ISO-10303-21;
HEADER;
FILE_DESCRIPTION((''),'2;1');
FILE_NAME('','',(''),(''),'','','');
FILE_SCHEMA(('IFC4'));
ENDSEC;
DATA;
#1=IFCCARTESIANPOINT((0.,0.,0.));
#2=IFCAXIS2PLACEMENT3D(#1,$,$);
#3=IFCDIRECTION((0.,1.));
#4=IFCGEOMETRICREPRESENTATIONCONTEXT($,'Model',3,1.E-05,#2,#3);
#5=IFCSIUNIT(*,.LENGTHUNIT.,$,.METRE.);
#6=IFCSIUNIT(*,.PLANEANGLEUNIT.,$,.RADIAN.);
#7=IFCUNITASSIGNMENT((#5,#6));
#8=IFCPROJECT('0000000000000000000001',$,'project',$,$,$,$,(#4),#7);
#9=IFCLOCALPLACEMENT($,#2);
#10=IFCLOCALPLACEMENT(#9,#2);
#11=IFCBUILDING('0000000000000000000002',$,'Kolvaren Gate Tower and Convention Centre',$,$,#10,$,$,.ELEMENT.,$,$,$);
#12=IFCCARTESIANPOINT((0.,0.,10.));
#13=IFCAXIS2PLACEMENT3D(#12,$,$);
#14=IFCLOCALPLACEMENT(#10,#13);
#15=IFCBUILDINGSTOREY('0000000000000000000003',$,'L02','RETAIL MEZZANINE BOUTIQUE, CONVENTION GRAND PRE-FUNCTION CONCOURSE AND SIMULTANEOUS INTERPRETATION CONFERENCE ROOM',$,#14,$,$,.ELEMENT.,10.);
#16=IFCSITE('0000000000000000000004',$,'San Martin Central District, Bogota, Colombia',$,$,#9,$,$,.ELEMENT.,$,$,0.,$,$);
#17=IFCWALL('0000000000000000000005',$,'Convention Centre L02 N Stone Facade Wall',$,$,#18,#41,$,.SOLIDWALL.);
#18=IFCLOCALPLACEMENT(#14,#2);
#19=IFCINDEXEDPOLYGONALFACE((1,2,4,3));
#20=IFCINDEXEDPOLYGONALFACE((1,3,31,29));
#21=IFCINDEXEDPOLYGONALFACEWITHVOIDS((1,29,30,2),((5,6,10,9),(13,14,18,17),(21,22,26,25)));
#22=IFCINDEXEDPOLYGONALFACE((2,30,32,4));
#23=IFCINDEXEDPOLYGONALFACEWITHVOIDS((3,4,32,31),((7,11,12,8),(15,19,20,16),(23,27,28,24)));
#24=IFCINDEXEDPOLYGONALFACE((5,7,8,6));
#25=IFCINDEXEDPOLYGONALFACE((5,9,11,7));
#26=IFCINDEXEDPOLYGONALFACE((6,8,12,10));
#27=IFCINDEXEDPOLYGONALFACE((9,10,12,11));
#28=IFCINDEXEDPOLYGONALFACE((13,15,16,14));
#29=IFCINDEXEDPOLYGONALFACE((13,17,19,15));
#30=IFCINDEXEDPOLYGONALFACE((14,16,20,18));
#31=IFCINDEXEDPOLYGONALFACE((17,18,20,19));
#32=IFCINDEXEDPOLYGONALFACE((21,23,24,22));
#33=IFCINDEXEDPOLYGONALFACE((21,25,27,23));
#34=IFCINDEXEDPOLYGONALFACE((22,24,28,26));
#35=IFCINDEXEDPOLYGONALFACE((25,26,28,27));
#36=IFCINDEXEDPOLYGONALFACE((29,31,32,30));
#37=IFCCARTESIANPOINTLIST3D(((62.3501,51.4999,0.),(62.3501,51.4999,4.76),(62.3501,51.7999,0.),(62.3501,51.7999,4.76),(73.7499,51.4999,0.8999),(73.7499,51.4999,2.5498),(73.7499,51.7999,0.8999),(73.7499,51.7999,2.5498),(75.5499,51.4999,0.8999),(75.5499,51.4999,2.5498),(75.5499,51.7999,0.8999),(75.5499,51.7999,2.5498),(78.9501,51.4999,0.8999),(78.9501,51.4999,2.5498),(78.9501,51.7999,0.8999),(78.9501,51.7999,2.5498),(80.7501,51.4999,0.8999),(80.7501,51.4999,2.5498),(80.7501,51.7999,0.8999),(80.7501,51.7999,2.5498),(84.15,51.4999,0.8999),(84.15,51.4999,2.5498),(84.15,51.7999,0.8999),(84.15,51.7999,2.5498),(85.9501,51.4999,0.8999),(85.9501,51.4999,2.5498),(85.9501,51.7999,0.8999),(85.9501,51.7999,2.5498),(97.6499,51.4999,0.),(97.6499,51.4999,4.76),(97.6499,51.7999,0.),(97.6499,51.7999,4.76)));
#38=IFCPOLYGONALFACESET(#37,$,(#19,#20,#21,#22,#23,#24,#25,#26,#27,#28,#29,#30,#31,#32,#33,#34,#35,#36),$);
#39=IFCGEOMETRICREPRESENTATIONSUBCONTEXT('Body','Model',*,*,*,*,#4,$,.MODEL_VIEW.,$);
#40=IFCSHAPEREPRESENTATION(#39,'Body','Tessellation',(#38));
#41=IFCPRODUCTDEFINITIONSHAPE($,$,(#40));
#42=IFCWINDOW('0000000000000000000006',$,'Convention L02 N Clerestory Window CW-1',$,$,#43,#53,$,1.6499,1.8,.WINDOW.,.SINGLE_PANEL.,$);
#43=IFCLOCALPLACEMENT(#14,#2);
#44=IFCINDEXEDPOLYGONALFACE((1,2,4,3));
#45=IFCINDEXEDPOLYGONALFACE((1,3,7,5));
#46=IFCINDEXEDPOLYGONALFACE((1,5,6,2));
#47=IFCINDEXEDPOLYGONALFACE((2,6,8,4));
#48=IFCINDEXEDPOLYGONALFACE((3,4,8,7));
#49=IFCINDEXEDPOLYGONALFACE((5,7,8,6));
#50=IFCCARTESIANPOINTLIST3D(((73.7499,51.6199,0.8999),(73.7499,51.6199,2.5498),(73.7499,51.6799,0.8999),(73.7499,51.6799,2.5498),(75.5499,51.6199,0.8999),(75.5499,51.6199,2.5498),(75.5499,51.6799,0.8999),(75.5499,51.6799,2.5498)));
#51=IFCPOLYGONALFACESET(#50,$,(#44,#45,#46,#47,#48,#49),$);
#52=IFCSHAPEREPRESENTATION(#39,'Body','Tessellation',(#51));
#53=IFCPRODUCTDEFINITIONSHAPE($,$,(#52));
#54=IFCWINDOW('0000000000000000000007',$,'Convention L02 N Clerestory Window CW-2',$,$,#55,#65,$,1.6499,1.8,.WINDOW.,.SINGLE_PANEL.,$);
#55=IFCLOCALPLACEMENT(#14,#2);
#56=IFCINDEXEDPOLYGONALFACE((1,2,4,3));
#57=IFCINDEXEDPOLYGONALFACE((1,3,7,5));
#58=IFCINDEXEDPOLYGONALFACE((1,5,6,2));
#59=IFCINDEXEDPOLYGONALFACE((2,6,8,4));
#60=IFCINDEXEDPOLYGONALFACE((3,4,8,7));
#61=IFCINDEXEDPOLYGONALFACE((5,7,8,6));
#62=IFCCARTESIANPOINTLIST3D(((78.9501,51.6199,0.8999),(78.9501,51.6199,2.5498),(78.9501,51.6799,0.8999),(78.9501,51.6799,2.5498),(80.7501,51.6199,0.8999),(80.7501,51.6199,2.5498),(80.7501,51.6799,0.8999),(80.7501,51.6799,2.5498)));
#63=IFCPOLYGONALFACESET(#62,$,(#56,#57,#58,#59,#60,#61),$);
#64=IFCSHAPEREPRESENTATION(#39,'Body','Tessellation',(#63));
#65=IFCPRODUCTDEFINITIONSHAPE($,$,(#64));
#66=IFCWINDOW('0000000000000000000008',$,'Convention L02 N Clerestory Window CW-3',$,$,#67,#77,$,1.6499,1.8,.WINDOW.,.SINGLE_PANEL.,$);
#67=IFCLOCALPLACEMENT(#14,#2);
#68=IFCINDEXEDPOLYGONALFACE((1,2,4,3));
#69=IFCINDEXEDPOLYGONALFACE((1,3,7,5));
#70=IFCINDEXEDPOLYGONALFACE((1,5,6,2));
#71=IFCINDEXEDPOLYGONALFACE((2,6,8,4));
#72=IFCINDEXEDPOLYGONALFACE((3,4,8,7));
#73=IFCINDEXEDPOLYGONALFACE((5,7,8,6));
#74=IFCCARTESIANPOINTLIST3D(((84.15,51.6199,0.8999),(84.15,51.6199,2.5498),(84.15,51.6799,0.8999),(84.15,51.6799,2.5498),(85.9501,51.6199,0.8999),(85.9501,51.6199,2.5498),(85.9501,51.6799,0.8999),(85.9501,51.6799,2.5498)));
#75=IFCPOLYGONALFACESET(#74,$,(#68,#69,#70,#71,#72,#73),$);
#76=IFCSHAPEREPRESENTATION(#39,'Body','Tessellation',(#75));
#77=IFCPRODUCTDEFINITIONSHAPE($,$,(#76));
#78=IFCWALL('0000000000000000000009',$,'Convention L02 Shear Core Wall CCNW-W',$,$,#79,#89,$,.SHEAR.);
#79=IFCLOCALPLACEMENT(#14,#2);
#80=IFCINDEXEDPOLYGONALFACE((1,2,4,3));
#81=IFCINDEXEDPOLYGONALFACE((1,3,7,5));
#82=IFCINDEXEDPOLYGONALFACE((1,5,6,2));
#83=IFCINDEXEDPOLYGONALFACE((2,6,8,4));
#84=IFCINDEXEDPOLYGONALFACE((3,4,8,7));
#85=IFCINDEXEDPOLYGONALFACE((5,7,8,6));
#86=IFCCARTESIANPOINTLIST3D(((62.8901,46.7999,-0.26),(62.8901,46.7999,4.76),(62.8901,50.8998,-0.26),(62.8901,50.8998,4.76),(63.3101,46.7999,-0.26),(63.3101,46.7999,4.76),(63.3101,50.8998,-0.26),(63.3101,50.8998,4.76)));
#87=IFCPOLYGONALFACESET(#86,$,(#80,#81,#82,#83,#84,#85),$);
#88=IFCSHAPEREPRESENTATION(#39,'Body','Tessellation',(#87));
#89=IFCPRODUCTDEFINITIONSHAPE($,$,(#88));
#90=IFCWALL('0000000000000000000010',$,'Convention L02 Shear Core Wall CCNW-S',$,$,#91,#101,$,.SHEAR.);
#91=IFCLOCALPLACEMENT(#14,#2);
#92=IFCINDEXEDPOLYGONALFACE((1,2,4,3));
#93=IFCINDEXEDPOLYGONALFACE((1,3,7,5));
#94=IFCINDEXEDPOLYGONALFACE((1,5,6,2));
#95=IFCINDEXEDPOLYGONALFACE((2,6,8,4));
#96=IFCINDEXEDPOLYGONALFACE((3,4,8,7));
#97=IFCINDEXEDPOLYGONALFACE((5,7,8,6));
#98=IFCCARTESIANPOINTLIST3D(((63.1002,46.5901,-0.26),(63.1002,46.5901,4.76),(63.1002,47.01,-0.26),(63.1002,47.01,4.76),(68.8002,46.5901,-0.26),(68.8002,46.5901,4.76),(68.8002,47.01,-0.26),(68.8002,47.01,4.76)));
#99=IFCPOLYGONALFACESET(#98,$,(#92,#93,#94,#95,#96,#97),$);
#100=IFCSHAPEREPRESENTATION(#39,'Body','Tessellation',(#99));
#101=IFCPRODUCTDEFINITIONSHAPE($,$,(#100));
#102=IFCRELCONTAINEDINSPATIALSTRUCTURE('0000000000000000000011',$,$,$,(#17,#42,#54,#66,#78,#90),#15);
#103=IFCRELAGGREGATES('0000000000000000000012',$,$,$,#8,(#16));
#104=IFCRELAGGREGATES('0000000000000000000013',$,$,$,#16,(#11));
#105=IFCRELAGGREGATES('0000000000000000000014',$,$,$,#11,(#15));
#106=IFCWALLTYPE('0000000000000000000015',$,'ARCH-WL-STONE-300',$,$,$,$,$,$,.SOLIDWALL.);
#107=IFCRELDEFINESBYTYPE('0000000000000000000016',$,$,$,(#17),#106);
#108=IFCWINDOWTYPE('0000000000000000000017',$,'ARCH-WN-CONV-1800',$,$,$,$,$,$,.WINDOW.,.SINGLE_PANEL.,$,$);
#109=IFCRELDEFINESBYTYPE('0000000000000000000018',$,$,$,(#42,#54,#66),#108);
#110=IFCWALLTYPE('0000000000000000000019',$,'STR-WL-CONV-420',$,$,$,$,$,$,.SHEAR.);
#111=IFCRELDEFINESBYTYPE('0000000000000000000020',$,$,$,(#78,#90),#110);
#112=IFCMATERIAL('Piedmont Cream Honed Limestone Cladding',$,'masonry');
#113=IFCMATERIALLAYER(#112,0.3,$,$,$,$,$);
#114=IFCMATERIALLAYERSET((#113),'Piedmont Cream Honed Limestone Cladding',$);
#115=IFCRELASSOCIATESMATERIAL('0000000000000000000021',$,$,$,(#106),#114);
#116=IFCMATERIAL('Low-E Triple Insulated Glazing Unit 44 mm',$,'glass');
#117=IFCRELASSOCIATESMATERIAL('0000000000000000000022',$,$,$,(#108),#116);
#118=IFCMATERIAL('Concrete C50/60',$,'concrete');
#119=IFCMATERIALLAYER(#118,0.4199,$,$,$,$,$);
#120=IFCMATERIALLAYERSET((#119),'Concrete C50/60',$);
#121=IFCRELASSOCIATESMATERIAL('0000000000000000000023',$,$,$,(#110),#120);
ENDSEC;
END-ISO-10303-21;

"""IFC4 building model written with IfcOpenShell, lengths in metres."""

from ifc_helpers import new_model, si_unit, direction, frame, frame_2d, origin, place, context, subcontext, project, spatial, rectangle, extrude, material, layer, layer_set, type_object, element, fill, save


model = new_model("IFC4")

# Units and contexts
model_context = context("Model", 3, precision=1e-05, world=origin(), true_north=direction((0.0, 1.0)))
body_context = subcontext(model_context, "Body", "Model", "MODEL_VIEW")
ifc_project = project(units=[si_unit("LENGTHUNIT", "METRE"), si_unit("PLANEANGLEUNIT", "RADIAN")], contexts=[model_context])

# Site, building, storey
site_placement = place(None, origin())
site = spatial("IfcSite", under=ifc_project, at=site_placement, Name="San Martin Central District, Bogota, Colombia", CompositionType="ELEMENT", RefElevation=0.0)
building_placement = place(site_placement, origin())
building = spatial("IfcBuilding", under=site, at=building_placement, Name="Kolvaren Gate Tower and Convention Centre", CompositionType="ELEMENT")
storey_placement = place(building_placement, frame((0.0, 0.0, 10.0)))
storey = spatial("IfcBuildingStorey", under=building, at=storey_placement, Name="L02", Description="RETAIL MEZZANINE BOUTIQUE, CONVENTION GRAND PRE-FUNCTION CONCOURSE AND SIMULTANEOUS INTERPRETATION CONFERENCE ROOM", CompositionType="ELEMENT", Elevation=10.0)

# Shared definitions
ifc_material_1 = material(Name="Low-E Triple Insulated Glazing Unit 44 mm", Category="glass")

# Wall, openings, windows
ifc_material_2 = material(Name="Piedmont Cream Honed Limestone Cladding", Category="masonry")
ifc_layer_1 = layer(ifc_material_2, 0.3)
ifc_layer_set_1 = layer_set([ifc_layer_1], Name="Piedmont Cream Honed Limestone Cladding")
wall_type_1 = type_object("IfcWallType", Name="ARCH-WL-STONE-300", PredefinedType="SOLIDWALL", material=ifc_layer_set_1)
wall_1_placement = place(storey_placement, frame((62.3501, 51.6499, 0.0), z_axis=(0.0, 0.0, 1.0), x_axis=(1.0, 0.0, 0.0)))
wall_1 = element("IfcWall", 1, at=wall_1_placement, inside=storey, type_object=wall_type_1, Name="Convention Centre L02 N Stone Facade Wall", PredefinedType="SOLIDWALL", context=body_context, shape_type="SweptSolid", body=[
    extrude(rectangle(XDim=35.2998, YDim=0.3, at=frame_2d((17.6499, 0.0))), origin(), (0.0, 0.0, 1.0), 4.76),
])
opening_1_placement = place(wall_1_placement, frame((11.3999, 0.0, 0.8999)))
opening_1 = element("IfcOpeningElement", 2, at=opening_1_placement, cuts=wall_1, PredefinedType="OPENING", context=body_context, shape_type="SweptSolid", body=[
    extrude(rectangle(XDim=1.8, YDim=1.6499, at=frame_2d((0.8999, 0.825))), frame((0.0, 0.1599, 0.0), z_axis=(0.0, -1.0, 0.0), x_axis=(1.0, 0.0, 0.0)), (0.0, 0.0, 1.0), 0.3201),
])
opening_2_placement = place(wall_1_placement, frame((16.6001, 0.0, 0.8999)))
opening_2 = element("IfcOpeningElement", 3, at=opening_2_placement, cuts=wall_1, PredefinedType="OPENING", context=body_context, shape_type="SweptSolid", body=[
    extrude(rectangle(XDim=1.8, YDim=1.6499, at=frame_2d((0.8999, 0.825))), frame((0.0, 0.1599, 0.0), z_axis=(0.0, -1.0, 0.0), x_axis=(1.0, 0.0, 0.0)), (0.0, 0.0, 1.0), 0.3201),
])
opening_3_placement = place(wall_1_placement, frame((21.8, 0.0, 0.8999)))
opening_3 = element("IfcOpeningElement", 4, at=opening_3_placement, cuts=wall_1, PredefinedType="OPENING", context=body_context, shape_type="SweptSolid", body=[
    extrude(rectangle(XDim=1.8, YDim=1.6499, at=frame_2d((0.8999, 0.825))), frame((0.0, 0.1599, 0.0), z_axis=(0.0, -1.0, 0.0), x_axis=(1.0, 0.0, 0.0)), (0.0, 0.0, 1.0), 0.3201),
])
window_type = type_object("IfcWindowType", Name="ARCH-WN-CONV-1800", PartitioningType="SINGLE_PANEL", PredefinedType="WINDOW", material=ifc_material_1)
window_1_placement = place(opening_1_placement, origin())
window_1 = element("IfcWindow", 5, at=window_1_placement, inside=storey, type_object=window_type, Name="Convention L02 N Clerestory Window CW-1", OverallHeight=1.6499, OverallWidth=1.8, PartitioningType="SINGLE_PANEL", PredefinedType="WINDOW", context=body_context, shape_type="SweptSolid", body=[
    extrude(rectangle(XDim=1.8, YDim=1.6499, at=frame_2d((0.8999, 0.825))), frame((0.0, 0.03, 0.0), z_axis=(0.0, -1.0, 0.0), x_axis=(1.0, 0.0, 0.0)), (0.0, 0.0, 1.0), 0.0601),
])
fill(opening_1, window_1)
window_2_placement = place(opening_2_placement, origin())
window_2 = element("IfcWindow", 6, at=window_2_placement, inside=storey, type_object=window_type, Name="Convention L02 N Clerestory Window CW-2", OverallHeight=1.6499, OverallWidth=1.8, PartitioningType="SINGLE_PANEL", PredefinedType="WINDOW", context=body_context, shape_type="SweptSolid", body=[
    extrude(rectangle(XDim=1.8, YDim=1.6499, at=frame_2d((0.8999, 0.825))), frame((0.0, 0.03, 0.0), z_axis=(0.0, -1.0, 0.0), x_axis=(1.0, 0.0, 0.0)), (0.0, 0.0, 1.0), 0.0601),
])
fill(opening_2, window_2)
window_3_placement = place(opening_3_placement, origin())
window_3 = element("IfcWindow", 7, at=window_3_placement, inside=storey, type_object=window_type, Name="Convention L02 N Clerestory Window CW-3", OverallHeight=1.6499, OverallWidth=1.8, PartitioningType="SINGLE_PANEL", PredefinedType="WINDOW", context=body_context, shape_type="SweptSolid", body=[
    extrude(rectangle(XDim=1.8, YDim=1.6499, at=frame_2d((0.8999, 0.825))), frame((0.0, 0.03, 0.0), z_axis=(0.0, -1.0, 0.0), x_axis=(1.0, 0.0, 0.0)), (0.0, 0.0, 1.0), 0.0601),
])
fill(opening_3, window_3)

# Walls
ifc_material_3 = material(Name="Concrete C50/60", Category="concrete")
ifc_layer_2 = layer(ifc_material_3, 0.4199)
ifc_layer_set_2 = layer_set([ifc_layer_2], Name="Concrete C50/60")
wall_type_2 = type_object("IfcWallType", Name="STR-WL-CONV-420", PredefinedType="SHEAR", material=ifc_layer_set_2)
wall_2_placement = place(storey_placement, frame((63.1001, 46.8, -0.26), z_axis=(0.0, 0.0, 1.0), x_axis=(0.0, 1.0, 0.0)))
element("IfcWall", 8, at=wall_2_placement, inside=storey, type_object=wall_type_2, Name="Convention L02 Shear Core Wall CCNW-W", PredefinedType="SHEAR", context=body_context, shape_type="SweptSolid", body=[
    extrude(rectangle(XDim=4.0999, YDim=0.4199, at=frame_2d((2.0498, 0.0))), origin(), (0.0, 0.0, 1.0), 5.02),
])
wall_3_placement = place(storey_placement, frame((63.1001, 46.8, -0.26), z_axis=(0.0, 0.0, 1.0), x_axis=(1.0, 0.0, 0.0)))
element("IfcWall", 9, at=wall_3_placement, inside=storey, type_object=wall_type_2, Name="Convention L02 Shear Core Wall CCNW-S", PredefinedType="SHEAR", context=body_context, shape_type="SweptSolid", body=[
    extrude(rectangle(XDim=5.7, YDim=0.4199, at=frame_2d((2.8501, 0.0))), origin(), (0.0, 0.0, 1.0), 5.02),
])

save(model, "model.ifc")
